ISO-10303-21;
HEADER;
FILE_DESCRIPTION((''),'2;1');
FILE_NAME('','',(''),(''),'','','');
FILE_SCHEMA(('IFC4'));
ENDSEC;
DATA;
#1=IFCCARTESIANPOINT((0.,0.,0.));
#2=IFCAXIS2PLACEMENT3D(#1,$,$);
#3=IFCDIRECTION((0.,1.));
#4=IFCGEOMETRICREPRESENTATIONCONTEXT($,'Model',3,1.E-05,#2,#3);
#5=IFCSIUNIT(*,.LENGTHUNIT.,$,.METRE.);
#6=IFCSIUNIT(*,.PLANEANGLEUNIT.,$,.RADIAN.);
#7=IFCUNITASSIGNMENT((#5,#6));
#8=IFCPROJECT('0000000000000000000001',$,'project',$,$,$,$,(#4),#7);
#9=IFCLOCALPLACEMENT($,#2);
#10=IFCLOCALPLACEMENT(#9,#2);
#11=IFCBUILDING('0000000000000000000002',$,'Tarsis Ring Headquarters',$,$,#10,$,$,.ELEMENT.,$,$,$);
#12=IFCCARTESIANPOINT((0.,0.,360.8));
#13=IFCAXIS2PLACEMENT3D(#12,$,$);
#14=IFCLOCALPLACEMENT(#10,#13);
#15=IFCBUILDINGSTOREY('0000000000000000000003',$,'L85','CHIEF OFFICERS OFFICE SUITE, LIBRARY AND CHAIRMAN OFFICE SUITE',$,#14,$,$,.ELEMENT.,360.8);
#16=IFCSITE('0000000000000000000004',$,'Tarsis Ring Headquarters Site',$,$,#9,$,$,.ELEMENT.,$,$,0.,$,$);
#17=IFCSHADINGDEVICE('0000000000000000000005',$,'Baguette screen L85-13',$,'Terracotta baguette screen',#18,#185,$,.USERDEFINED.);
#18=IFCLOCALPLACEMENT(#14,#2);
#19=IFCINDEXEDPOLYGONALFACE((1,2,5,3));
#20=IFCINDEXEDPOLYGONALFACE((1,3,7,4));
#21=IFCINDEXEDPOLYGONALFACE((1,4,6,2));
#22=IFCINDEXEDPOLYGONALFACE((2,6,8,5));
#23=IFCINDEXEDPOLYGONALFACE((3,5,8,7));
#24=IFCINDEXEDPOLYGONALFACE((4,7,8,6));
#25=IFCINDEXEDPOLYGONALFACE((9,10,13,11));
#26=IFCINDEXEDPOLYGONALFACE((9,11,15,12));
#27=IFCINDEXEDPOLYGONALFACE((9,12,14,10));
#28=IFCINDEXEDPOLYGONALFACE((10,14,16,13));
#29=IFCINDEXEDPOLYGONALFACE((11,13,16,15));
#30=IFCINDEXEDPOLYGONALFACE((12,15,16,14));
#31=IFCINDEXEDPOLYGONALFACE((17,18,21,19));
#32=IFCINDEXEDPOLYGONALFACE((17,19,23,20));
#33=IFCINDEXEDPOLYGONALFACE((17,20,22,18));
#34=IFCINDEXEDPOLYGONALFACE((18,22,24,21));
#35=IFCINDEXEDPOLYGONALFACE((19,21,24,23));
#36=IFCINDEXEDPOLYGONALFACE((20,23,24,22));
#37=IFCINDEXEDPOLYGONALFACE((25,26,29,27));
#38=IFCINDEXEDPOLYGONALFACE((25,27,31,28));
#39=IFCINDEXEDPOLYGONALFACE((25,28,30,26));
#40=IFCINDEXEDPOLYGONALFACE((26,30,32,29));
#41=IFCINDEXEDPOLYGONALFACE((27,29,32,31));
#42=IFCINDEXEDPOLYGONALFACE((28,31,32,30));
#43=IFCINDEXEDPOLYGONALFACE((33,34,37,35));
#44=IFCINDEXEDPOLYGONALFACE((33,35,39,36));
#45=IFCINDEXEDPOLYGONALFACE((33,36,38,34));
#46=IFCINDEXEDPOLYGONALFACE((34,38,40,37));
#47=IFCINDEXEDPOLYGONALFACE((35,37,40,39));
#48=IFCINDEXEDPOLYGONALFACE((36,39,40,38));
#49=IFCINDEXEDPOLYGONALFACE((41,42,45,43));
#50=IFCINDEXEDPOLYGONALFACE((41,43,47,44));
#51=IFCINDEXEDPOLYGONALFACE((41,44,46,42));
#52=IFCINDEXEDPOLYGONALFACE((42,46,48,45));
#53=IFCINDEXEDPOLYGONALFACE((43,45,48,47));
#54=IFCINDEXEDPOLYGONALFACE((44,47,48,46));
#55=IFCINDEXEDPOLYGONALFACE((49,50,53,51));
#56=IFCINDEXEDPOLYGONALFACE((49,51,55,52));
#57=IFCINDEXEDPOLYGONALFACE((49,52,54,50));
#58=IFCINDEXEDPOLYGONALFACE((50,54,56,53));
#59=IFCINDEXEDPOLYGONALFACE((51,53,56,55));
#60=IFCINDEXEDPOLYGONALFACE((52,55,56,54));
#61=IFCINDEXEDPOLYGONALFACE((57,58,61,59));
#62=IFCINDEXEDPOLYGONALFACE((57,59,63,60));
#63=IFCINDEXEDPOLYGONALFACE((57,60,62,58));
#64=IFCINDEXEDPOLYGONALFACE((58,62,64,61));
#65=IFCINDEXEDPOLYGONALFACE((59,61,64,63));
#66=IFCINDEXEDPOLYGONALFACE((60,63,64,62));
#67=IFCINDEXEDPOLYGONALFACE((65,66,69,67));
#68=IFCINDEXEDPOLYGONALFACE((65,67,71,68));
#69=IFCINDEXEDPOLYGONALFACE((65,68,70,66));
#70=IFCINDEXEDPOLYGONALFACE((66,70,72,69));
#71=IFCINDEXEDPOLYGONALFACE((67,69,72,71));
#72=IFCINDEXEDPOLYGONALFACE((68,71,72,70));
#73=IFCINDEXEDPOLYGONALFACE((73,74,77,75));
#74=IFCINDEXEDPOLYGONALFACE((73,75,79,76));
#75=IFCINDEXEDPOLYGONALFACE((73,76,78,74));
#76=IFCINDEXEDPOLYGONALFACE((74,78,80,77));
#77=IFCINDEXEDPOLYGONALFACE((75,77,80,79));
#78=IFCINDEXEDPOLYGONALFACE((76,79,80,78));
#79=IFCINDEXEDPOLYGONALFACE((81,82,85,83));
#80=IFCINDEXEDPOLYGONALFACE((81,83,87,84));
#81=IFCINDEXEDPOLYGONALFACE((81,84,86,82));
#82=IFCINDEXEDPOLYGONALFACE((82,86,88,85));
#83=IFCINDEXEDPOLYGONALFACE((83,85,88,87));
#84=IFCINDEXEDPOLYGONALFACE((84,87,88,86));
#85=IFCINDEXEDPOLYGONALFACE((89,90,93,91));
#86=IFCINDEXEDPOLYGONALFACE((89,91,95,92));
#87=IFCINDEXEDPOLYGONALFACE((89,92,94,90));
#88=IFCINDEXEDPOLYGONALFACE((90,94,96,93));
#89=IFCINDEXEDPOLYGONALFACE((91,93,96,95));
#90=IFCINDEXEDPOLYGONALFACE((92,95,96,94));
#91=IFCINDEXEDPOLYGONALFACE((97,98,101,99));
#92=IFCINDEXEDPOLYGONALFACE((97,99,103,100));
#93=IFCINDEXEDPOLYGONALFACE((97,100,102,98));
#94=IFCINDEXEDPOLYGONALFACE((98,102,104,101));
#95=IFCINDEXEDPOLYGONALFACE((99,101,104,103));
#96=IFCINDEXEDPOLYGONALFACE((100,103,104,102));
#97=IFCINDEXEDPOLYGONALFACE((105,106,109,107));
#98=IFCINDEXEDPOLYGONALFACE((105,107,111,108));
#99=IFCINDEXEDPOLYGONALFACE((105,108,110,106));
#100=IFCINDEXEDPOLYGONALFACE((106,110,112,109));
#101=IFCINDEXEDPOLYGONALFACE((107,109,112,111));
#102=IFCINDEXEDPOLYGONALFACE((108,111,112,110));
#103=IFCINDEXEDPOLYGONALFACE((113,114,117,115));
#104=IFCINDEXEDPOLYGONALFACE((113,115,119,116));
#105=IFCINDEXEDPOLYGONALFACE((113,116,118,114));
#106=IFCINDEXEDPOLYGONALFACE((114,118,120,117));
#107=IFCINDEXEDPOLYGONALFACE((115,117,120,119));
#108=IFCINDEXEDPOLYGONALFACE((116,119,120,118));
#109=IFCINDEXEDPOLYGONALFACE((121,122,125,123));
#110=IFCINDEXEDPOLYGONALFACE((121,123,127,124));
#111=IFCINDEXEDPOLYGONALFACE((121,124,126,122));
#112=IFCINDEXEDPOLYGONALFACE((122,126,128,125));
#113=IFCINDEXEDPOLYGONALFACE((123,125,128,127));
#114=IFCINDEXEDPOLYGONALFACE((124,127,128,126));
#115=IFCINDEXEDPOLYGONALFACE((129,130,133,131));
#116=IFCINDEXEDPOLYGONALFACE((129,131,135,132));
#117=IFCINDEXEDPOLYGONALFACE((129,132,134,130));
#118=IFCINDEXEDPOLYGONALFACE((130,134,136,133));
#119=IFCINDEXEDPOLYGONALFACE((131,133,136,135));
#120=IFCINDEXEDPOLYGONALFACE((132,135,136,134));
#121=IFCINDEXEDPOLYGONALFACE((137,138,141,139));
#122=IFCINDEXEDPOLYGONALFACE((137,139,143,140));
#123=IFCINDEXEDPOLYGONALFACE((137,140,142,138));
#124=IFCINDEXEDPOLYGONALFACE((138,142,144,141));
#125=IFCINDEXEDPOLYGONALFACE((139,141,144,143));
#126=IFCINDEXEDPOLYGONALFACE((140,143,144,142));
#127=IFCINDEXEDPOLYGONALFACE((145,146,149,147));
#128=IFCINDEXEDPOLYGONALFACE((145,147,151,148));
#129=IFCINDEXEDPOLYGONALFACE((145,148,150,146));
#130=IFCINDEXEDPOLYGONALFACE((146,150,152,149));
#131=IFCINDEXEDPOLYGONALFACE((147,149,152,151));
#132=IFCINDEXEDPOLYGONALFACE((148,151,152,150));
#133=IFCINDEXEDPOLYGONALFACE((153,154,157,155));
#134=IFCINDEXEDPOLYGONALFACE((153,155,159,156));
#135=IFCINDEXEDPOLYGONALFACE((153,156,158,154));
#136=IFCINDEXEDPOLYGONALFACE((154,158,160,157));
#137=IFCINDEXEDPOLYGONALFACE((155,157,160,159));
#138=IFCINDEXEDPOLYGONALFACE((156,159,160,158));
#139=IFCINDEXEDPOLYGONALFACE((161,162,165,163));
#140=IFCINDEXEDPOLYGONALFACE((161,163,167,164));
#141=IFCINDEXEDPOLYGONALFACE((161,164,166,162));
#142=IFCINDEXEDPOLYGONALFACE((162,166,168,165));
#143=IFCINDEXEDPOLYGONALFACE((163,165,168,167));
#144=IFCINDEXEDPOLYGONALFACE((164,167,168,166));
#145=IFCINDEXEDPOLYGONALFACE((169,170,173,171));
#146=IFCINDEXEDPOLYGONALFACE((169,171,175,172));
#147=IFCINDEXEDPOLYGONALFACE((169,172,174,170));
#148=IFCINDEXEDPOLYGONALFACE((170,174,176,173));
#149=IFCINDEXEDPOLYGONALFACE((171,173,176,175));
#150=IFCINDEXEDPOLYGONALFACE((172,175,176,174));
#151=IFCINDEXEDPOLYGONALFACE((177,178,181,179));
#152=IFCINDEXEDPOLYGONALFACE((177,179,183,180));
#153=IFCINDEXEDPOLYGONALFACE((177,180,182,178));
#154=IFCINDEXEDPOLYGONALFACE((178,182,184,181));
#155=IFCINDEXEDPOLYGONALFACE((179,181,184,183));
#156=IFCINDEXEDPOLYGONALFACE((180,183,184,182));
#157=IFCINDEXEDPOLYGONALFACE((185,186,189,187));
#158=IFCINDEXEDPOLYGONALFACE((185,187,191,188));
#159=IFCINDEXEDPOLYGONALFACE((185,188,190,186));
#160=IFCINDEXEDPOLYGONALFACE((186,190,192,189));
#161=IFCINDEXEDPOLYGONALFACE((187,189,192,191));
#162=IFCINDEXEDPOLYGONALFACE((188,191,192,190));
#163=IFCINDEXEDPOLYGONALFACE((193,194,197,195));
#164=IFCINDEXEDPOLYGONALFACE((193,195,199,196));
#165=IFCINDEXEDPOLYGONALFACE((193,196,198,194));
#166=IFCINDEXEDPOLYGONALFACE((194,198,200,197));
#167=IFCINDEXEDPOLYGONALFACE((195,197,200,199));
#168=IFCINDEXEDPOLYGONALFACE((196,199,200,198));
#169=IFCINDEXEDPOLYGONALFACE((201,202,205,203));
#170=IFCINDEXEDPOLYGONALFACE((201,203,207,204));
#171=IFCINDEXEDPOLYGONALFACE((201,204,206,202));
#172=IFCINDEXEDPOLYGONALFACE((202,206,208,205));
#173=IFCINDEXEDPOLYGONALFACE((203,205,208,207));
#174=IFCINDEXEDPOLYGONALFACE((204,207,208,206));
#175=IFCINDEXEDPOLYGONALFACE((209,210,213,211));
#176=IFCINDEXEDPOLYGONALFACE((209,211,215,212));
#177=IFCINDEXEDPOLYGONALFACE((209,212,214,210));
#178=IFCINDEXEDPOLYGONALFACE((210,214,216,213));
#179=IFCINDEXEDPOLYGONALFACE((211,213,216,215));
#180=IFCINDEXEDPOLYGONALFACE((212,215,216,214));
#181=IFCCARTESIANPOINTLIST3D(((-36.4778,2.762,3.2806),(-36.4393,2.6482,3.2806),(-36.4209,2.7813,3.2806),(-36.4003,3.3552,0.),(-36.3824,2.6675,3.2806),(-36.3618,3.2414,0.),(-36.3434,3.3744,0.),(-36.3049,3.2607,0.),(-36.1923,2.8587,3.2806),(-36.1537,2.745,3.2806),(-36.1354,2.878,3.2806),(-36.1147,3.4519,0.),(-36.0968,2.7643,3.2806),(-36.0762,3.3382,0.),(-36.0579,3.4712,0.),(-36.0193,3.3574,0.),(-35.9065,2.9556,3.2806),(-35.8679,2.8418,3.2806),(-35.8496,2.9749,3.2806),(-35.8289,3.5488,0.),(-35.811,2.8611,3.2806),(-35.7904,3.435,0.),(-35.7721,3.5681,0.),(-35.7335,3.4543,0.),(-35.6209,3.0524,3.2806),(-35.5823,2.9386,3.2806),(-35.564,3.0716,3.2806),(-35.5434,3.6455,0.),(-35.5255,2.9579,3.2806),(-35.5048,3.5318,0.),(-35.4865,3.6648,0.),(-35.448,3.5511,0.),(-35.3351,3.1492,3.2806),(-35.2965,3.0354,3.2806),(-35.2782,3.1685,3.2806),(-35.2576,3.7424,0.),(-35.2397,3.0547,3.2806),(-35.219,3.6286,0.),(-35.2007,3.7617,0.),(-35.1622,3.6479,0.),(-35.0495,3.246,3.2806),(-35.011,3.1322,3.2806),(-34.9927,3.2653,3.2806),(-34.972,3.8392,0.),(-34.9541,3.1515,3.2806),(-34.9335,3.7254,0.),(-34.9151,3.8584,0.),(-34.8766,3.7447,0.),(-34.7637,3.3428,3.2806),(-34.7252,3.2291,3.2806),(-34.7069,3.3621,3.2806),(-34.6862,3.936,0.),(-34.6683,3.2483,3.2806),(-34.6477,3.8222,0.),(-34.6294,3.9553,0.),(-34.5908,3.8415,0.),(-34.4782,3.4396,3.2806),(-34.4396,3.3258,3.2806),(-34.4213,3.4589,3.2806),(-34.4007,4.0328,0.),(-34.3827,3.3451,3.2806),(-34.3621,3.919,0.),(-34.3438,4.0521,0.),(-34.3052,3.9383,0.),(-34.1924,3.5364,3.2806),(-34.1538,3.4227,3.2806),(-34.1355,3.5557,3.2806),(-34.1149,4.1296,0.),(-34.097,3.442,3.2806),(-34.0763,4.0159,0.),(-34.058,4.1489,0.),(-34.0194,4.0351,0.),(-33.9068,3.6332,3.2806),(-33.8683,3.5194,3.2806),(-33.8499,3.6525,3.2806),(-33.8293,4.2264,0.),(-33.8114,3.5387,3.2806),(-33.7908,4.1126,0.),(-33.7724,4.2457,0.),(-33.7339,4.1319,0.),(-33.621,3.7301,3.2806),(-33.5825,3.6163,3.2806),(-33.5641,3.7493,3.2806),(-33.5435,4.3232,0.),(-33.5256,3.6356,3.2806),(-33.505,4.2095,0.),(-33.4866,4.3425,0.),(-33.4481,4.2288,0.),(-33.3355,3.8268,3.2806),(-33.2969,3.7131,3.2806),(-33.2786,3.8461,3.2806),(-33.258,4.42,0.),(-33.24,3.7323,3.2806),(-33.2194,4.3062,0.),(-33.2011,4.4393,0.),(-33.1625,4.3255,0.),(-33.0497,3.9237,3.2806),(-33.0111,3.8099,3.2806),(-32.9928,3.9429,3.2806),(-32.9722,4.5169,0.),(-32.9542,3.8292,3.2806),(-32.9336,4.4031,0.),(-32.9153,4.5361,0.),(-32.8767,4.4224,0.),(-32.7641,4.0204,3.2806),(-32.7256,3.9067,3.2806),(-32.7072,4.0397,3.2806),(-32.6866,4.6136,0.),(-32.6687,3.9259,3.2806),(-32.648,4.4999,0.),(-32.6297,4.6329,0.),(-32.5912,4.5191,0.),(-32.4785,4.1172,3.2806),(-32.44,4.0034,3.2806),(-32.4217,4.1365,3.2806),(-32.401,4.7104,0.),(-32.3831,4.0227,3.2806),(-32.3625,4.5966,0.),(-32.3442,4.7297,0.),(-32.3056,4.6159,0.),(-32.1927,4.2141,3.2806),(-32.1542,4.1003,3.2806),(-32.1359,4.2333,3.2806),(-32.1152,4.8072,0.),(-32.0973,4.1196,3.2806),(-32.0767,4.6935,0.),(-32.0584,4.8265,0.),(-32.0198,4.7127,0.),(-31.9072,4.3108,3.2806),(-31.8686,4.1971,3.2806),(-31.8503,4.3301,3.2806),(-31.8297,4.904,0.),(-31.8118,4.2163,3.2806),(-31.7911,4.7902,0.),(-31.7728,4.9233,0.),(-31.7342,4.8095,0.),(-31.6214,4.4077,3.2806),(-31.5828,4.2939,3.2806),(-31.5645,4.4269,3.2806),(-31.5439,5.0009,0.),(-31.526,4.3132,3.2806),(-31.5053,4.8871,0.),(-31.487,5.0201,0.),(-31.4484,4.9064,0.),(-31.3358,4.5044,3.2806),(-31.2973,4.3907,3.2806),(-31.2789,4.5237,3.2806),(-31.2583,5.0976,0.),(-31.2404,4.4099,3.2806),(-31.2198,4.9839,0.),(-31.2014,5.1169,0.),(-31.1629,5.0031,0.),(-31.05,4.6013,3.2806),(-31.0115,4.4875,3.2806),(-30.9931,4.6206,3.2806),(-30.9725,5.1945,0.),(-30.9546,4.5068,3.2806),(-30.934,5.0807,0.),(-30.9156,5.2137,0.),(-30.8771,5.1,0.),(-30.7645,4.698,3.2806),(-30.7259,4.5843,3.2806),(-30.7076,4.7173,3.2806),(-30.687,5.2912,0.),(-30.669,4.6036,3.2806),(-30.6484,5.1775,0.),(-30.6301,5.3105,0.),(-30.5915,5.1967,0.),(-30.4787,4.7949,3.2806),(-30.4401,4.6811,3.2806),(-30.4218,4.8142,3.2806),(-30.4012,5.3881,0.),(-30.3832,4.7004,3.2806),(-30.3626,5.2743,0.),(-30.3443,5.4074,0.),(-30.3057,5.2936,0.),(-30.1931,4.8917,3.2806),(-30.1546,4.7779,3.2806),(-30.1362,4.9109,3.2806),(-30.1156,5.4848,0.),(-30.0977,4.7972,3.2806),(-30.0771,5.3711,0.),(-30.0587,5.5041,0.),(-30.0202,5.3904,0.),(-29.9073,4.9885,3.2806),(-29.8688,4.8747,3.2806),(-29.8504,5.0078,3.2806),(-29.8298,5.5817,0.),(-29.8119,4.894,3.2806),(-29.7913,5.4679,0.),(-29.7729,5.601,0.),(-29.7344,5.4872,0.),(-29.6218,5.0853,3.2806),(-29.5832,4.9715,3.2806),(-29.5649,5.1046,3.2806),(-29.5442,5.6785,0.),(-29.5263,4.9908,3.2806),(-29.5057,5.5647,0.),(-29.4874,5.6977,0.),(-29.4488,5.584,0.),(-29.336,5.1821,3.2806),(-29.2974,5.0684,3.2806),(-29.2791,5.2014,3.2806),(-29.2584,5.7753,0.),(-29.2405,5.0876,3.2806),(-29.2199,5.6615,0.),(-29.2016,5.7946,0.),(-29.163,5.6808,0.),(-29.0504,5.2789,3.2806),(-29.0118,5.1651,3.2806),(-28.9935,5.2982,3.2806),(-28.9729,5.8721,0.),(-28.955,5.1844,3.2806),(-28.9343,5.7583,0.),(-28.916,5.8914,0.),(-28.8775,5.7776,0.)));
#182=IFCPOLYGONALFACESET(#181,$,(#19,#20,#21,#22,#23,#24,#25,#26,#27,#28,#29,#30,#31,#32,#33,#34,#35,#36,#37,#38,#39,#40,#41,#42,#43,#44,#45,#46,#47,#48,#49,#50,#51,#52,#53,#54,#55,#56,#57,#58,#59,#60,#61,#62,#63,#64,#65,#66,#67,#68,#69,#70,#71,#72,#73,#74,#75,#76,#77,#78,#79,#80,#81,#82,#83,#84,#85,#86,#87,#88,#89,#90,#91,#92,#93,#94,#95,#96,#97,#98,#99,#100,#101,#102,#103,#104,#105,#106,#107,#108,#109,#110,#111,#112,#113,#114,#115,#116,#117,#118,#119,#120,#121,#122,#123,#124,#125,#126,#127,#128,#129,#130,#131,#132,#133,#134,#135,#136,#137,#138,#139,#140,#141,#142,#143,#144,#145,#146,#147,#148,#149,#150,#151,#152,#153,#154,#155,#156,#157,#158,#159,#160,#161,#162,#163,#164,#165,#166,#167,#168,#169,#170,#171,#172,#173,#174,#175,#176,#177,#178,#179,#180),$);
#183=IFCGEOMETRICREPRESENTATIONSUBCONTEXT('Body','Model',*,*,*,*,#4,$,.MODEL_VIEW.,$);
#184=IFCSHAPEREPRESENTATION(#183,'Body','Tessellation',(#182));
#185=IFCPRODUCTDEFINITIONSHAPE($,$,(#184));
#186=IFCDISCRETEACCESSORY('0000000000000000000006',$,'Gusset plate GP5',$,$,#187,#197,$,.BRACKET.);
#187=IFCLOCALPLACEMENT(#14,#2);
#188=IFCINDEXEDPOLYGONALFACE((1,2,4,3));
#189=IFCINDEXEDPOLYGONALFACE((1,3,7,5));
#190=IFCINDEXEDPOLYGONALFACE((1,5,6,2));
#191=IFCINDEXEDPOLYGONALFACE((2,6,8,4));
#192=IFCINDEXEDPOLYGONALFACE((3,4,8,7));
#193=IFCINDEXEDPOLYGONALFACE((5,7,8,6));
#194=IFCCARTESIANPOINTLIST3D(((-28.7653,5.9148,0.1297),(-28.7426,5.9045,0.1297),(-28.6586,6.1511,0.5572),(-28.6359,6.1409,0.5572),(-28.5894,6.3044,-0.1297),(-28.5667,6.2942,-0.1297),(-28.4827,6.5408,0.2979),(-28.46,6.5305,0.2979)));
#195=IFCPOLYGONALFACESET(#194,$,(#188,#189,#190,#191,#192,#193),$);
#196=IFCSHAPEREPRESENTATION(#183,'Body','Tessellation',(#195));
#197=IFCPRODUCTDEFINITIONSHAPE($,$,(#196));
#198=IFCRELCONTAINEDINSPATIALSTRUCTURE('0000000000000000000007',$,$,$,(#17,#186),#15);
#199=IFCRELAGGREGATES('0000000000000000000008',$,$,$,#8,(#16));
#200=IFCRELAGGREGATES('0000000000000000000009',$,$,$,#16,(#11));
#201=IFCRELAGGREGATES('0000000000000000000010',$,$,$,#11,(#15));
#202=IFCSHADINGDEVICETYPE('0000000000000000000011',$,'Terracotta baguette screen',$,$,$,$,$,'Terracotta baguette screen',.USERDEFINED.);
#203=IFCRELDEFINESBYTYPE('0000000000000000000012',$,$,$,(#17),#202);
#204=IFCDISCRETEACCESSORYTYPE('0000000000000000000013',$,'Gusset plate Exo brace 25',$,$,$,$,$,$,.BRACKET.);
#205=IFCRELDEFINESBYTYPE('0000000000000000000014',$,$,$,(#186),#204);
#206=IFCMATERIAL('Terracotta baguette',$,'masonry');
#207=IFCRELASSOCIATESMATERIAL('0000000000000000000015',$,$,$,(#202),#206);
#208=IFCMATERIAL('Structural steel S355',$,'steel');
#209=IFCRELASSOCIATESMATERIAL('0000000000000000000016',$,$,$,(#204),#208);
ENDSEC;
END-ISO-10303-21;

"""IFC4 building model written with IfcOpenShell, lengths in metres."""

from ifc_helpers import new_model, si_unit, direction, frame, frame_2d, origin, origin_2d, place, context, subcontext, project, spatial, rectangle, composite_profile, extrude, material, material_profile, profile_set, type_object, element, save


model = new_model("IFC4")

# Units and contexts
model_context = context("Model", 3, precision=1e-05, world=origin(), true_north=direction((0.0, 1.0)))
body_context = subcontext(model_context, "Body", "Model", "MODEL_VIEW")
ifc_project = project(units=[si_unit("LENGTHUNIT", "METRE"), si_unit("PLANEANGLEUNIT", "RADIAN")], contexts=[model_context])

# Site, building, storey
site_placement = place(None, origin())
site = spatial("IfcSite", under=ifc_project, at=site_placement, Name="Tarsis Ring Headquarters Site", CompositionType="ELEMENT", RefElevation=0.0)
building_placement = place(site_placement, origin())
building = spatial("IfcBuilding", under=site, at=building_placement, Name="Tarsis Ring Headquarters", CompositionType="ELEMENT")
storey_placement = place(building_placement, frame((0.0, 0.0, 360.8)))
storey = spatial("IfcBuildingStorey", under=building, at=storey_placement, Name="L85", Description="CHIEF OFFICERS OFFICE SUITE, LIBRARY AND CHAIRMAN OFFICE SUITE", CompositionType="ELEMENT", Elevation=360.8)

# Shared definitions
ifc_material_1 = material(Name="Structural steel S355", Category="steel")

# Shading device
ifc_material_2 = material(Name="Terracotta baguette", Category="masonry")
shading_device_type = type_object("IfcShadingDeviceType", Name="Terracotta baguette screen", ElementType="Terracotta baguette screen", PredefinedType="USERDEFINED", material=ifc_material_2)
shading_device_placement = place(storey_placement, frame((-28.8967, 5.8345, 0.0), z_axis=(0.0, 0.0, 1.0), x_axis=(-0.947107, -0.320944, 0.0)))
element("IfcShadingDevice", 1, at=shading_device_placement, inside=storey, type_object=shading_device_type, Name="Baguette screen L85-13", ObjectType="Terracotta baguette screen", PredefinedType="USERDEFINED", context=body_context, shape_type="SweptSolid", body=[
    extrude(composite_profile([rectangle(XDim=0.0601, YDim=0.1201, at=frame_2d((0.03, 0.0))), rectangle(XDim=0.0601, YDim=0.1201, at=frame_2d((0.3315, 0.0))), rectangle(XDim=0.0601, YDim=0.1201, at=frame_2d((0.6333, 0.0))), rectangle(XDim=0.0601, YDim=0.1201, at=frame_2d((0.9348, 0.0))), rectangle(XDim=0.0601, YDim=0.1201, at=frame_2d((1.2366, 0.0))), rectangle(XDim=0.0601, YDim=0.1201, at=frame_2d((1.5381, 0.0))), rectangle(XDim=0.0601, YDim=0.1201, at=frame_2d((1.8398, 0.0))), rectangle(XDim=0.0601, YDim=0.1201, at=frame_2d((2.1414, 0.0))), rectangle(XDim=0.0601, YDim=0.1201, at=frame_2d((2.4431, 0.0))), rectangle(XDim=0.0601, YDim=0.1201, at=frame_2d((2.7446, 0.0))), rectangle(XDim=0.0601, YDim=0.1201, at=frame_2d((3.0464, 0.0))), rectangle(XDim=0.0601, YDim=0.1201, at=frame_2d((3.3479, 0.0))), rectangle(XDim=0.0601, YDim=0.1201, at=frame_2d((3.6497, 0.0))), rectangle(XDim=0.0601, YDim=0.1201, at=frame_2d((3.9512, 0.0))), rectangle(XDim=0.0601, YDim=0.1201, at=frame_2d((4.2527, 0.0))), rectangle(XDim=0.0601, YDim=0.1201, at=frame_2d((4.5544, 0.0))), rectangle(XDim=0.0601, YDim=0.1201, at=frame_2d((4.856, 0.0))), rectangle(XDim=0.0601, YDim=0.1201, at=frame_2d((5.1577, 0.0))), rectangle(XDim=0.0601, YDim=0.1201, at=frame_2d((5.4592, 0.0))), rectangle(XDim=0.0601, YDim=0.1201, at=frame_2d((5.761, 0.0))), rectangle(XDim=0.0601, YDim=0.1201, at=frame_2d((6.0625, 0.0))), rectangle(XDim=0.0601, YDim=0.1201, at=frame_2d((6.3643, 0.0))), rectangle(XDim=0.0601, YDim=0.1201, at=frame_2d((6.6658, 0.0))), rectangle(XDim=0.0601, YDim=0.1201, at=frame_2d((6.9675, 0.0))), rectangle(XDim=0.0601, YDim=0.1201, at=frame_2d((7.269, 0.0))), rectangle(XDim=0.0601, YDim=0.1201, at=frame_2d((7.5708, 0.0))), rectangle(XDim=0.0601, YDim=0.1201, at=frame_2d((7.8723, 0.0)))]), origin(), (0.079103, 0.161012, 0.983777), 3.3347),
])

# Discrete accessory
ifc_material_profile_1 = material_profile(ifc_material_1, rectangle(XDim=0.0249, YDim=0.5, at=origin_2d()), Name="PL 25x500")
ifc_profile_set_1 = profile_set([ifc_material_profile_1], Name="Structural steel S355")
discrete_accessory_type = type_object("IfcDiscreteAccessoryType", Name="Gusset plate Exo brace 25", PredefinedType="BRACKET", material=ifc_profile_set_1)
discrete_accessory_placement = place(storey_placement, frame((-28.666, 6.1045, 0.0), z_axis=(0.213387, 0.472674, 0.855012), x_axis=(-0.911428, 0.411461, 0.0)))
element("IfcDiscreteAccessory", 2, at=discrete_accessory_placement, inside=storey, type_object=discrete_accessory_type, Name="Gusset plate GP5", PredefinedType="BRACKET", context=body_context, shape_type="SweptSolid", body=[
    extrude(rectangle(XDim=0.0249, YDim=0.5, at=origin_2d()), origin(), (0.0, 0.0, 1.0), 0.5),
])

save(model, "model.ifc")
